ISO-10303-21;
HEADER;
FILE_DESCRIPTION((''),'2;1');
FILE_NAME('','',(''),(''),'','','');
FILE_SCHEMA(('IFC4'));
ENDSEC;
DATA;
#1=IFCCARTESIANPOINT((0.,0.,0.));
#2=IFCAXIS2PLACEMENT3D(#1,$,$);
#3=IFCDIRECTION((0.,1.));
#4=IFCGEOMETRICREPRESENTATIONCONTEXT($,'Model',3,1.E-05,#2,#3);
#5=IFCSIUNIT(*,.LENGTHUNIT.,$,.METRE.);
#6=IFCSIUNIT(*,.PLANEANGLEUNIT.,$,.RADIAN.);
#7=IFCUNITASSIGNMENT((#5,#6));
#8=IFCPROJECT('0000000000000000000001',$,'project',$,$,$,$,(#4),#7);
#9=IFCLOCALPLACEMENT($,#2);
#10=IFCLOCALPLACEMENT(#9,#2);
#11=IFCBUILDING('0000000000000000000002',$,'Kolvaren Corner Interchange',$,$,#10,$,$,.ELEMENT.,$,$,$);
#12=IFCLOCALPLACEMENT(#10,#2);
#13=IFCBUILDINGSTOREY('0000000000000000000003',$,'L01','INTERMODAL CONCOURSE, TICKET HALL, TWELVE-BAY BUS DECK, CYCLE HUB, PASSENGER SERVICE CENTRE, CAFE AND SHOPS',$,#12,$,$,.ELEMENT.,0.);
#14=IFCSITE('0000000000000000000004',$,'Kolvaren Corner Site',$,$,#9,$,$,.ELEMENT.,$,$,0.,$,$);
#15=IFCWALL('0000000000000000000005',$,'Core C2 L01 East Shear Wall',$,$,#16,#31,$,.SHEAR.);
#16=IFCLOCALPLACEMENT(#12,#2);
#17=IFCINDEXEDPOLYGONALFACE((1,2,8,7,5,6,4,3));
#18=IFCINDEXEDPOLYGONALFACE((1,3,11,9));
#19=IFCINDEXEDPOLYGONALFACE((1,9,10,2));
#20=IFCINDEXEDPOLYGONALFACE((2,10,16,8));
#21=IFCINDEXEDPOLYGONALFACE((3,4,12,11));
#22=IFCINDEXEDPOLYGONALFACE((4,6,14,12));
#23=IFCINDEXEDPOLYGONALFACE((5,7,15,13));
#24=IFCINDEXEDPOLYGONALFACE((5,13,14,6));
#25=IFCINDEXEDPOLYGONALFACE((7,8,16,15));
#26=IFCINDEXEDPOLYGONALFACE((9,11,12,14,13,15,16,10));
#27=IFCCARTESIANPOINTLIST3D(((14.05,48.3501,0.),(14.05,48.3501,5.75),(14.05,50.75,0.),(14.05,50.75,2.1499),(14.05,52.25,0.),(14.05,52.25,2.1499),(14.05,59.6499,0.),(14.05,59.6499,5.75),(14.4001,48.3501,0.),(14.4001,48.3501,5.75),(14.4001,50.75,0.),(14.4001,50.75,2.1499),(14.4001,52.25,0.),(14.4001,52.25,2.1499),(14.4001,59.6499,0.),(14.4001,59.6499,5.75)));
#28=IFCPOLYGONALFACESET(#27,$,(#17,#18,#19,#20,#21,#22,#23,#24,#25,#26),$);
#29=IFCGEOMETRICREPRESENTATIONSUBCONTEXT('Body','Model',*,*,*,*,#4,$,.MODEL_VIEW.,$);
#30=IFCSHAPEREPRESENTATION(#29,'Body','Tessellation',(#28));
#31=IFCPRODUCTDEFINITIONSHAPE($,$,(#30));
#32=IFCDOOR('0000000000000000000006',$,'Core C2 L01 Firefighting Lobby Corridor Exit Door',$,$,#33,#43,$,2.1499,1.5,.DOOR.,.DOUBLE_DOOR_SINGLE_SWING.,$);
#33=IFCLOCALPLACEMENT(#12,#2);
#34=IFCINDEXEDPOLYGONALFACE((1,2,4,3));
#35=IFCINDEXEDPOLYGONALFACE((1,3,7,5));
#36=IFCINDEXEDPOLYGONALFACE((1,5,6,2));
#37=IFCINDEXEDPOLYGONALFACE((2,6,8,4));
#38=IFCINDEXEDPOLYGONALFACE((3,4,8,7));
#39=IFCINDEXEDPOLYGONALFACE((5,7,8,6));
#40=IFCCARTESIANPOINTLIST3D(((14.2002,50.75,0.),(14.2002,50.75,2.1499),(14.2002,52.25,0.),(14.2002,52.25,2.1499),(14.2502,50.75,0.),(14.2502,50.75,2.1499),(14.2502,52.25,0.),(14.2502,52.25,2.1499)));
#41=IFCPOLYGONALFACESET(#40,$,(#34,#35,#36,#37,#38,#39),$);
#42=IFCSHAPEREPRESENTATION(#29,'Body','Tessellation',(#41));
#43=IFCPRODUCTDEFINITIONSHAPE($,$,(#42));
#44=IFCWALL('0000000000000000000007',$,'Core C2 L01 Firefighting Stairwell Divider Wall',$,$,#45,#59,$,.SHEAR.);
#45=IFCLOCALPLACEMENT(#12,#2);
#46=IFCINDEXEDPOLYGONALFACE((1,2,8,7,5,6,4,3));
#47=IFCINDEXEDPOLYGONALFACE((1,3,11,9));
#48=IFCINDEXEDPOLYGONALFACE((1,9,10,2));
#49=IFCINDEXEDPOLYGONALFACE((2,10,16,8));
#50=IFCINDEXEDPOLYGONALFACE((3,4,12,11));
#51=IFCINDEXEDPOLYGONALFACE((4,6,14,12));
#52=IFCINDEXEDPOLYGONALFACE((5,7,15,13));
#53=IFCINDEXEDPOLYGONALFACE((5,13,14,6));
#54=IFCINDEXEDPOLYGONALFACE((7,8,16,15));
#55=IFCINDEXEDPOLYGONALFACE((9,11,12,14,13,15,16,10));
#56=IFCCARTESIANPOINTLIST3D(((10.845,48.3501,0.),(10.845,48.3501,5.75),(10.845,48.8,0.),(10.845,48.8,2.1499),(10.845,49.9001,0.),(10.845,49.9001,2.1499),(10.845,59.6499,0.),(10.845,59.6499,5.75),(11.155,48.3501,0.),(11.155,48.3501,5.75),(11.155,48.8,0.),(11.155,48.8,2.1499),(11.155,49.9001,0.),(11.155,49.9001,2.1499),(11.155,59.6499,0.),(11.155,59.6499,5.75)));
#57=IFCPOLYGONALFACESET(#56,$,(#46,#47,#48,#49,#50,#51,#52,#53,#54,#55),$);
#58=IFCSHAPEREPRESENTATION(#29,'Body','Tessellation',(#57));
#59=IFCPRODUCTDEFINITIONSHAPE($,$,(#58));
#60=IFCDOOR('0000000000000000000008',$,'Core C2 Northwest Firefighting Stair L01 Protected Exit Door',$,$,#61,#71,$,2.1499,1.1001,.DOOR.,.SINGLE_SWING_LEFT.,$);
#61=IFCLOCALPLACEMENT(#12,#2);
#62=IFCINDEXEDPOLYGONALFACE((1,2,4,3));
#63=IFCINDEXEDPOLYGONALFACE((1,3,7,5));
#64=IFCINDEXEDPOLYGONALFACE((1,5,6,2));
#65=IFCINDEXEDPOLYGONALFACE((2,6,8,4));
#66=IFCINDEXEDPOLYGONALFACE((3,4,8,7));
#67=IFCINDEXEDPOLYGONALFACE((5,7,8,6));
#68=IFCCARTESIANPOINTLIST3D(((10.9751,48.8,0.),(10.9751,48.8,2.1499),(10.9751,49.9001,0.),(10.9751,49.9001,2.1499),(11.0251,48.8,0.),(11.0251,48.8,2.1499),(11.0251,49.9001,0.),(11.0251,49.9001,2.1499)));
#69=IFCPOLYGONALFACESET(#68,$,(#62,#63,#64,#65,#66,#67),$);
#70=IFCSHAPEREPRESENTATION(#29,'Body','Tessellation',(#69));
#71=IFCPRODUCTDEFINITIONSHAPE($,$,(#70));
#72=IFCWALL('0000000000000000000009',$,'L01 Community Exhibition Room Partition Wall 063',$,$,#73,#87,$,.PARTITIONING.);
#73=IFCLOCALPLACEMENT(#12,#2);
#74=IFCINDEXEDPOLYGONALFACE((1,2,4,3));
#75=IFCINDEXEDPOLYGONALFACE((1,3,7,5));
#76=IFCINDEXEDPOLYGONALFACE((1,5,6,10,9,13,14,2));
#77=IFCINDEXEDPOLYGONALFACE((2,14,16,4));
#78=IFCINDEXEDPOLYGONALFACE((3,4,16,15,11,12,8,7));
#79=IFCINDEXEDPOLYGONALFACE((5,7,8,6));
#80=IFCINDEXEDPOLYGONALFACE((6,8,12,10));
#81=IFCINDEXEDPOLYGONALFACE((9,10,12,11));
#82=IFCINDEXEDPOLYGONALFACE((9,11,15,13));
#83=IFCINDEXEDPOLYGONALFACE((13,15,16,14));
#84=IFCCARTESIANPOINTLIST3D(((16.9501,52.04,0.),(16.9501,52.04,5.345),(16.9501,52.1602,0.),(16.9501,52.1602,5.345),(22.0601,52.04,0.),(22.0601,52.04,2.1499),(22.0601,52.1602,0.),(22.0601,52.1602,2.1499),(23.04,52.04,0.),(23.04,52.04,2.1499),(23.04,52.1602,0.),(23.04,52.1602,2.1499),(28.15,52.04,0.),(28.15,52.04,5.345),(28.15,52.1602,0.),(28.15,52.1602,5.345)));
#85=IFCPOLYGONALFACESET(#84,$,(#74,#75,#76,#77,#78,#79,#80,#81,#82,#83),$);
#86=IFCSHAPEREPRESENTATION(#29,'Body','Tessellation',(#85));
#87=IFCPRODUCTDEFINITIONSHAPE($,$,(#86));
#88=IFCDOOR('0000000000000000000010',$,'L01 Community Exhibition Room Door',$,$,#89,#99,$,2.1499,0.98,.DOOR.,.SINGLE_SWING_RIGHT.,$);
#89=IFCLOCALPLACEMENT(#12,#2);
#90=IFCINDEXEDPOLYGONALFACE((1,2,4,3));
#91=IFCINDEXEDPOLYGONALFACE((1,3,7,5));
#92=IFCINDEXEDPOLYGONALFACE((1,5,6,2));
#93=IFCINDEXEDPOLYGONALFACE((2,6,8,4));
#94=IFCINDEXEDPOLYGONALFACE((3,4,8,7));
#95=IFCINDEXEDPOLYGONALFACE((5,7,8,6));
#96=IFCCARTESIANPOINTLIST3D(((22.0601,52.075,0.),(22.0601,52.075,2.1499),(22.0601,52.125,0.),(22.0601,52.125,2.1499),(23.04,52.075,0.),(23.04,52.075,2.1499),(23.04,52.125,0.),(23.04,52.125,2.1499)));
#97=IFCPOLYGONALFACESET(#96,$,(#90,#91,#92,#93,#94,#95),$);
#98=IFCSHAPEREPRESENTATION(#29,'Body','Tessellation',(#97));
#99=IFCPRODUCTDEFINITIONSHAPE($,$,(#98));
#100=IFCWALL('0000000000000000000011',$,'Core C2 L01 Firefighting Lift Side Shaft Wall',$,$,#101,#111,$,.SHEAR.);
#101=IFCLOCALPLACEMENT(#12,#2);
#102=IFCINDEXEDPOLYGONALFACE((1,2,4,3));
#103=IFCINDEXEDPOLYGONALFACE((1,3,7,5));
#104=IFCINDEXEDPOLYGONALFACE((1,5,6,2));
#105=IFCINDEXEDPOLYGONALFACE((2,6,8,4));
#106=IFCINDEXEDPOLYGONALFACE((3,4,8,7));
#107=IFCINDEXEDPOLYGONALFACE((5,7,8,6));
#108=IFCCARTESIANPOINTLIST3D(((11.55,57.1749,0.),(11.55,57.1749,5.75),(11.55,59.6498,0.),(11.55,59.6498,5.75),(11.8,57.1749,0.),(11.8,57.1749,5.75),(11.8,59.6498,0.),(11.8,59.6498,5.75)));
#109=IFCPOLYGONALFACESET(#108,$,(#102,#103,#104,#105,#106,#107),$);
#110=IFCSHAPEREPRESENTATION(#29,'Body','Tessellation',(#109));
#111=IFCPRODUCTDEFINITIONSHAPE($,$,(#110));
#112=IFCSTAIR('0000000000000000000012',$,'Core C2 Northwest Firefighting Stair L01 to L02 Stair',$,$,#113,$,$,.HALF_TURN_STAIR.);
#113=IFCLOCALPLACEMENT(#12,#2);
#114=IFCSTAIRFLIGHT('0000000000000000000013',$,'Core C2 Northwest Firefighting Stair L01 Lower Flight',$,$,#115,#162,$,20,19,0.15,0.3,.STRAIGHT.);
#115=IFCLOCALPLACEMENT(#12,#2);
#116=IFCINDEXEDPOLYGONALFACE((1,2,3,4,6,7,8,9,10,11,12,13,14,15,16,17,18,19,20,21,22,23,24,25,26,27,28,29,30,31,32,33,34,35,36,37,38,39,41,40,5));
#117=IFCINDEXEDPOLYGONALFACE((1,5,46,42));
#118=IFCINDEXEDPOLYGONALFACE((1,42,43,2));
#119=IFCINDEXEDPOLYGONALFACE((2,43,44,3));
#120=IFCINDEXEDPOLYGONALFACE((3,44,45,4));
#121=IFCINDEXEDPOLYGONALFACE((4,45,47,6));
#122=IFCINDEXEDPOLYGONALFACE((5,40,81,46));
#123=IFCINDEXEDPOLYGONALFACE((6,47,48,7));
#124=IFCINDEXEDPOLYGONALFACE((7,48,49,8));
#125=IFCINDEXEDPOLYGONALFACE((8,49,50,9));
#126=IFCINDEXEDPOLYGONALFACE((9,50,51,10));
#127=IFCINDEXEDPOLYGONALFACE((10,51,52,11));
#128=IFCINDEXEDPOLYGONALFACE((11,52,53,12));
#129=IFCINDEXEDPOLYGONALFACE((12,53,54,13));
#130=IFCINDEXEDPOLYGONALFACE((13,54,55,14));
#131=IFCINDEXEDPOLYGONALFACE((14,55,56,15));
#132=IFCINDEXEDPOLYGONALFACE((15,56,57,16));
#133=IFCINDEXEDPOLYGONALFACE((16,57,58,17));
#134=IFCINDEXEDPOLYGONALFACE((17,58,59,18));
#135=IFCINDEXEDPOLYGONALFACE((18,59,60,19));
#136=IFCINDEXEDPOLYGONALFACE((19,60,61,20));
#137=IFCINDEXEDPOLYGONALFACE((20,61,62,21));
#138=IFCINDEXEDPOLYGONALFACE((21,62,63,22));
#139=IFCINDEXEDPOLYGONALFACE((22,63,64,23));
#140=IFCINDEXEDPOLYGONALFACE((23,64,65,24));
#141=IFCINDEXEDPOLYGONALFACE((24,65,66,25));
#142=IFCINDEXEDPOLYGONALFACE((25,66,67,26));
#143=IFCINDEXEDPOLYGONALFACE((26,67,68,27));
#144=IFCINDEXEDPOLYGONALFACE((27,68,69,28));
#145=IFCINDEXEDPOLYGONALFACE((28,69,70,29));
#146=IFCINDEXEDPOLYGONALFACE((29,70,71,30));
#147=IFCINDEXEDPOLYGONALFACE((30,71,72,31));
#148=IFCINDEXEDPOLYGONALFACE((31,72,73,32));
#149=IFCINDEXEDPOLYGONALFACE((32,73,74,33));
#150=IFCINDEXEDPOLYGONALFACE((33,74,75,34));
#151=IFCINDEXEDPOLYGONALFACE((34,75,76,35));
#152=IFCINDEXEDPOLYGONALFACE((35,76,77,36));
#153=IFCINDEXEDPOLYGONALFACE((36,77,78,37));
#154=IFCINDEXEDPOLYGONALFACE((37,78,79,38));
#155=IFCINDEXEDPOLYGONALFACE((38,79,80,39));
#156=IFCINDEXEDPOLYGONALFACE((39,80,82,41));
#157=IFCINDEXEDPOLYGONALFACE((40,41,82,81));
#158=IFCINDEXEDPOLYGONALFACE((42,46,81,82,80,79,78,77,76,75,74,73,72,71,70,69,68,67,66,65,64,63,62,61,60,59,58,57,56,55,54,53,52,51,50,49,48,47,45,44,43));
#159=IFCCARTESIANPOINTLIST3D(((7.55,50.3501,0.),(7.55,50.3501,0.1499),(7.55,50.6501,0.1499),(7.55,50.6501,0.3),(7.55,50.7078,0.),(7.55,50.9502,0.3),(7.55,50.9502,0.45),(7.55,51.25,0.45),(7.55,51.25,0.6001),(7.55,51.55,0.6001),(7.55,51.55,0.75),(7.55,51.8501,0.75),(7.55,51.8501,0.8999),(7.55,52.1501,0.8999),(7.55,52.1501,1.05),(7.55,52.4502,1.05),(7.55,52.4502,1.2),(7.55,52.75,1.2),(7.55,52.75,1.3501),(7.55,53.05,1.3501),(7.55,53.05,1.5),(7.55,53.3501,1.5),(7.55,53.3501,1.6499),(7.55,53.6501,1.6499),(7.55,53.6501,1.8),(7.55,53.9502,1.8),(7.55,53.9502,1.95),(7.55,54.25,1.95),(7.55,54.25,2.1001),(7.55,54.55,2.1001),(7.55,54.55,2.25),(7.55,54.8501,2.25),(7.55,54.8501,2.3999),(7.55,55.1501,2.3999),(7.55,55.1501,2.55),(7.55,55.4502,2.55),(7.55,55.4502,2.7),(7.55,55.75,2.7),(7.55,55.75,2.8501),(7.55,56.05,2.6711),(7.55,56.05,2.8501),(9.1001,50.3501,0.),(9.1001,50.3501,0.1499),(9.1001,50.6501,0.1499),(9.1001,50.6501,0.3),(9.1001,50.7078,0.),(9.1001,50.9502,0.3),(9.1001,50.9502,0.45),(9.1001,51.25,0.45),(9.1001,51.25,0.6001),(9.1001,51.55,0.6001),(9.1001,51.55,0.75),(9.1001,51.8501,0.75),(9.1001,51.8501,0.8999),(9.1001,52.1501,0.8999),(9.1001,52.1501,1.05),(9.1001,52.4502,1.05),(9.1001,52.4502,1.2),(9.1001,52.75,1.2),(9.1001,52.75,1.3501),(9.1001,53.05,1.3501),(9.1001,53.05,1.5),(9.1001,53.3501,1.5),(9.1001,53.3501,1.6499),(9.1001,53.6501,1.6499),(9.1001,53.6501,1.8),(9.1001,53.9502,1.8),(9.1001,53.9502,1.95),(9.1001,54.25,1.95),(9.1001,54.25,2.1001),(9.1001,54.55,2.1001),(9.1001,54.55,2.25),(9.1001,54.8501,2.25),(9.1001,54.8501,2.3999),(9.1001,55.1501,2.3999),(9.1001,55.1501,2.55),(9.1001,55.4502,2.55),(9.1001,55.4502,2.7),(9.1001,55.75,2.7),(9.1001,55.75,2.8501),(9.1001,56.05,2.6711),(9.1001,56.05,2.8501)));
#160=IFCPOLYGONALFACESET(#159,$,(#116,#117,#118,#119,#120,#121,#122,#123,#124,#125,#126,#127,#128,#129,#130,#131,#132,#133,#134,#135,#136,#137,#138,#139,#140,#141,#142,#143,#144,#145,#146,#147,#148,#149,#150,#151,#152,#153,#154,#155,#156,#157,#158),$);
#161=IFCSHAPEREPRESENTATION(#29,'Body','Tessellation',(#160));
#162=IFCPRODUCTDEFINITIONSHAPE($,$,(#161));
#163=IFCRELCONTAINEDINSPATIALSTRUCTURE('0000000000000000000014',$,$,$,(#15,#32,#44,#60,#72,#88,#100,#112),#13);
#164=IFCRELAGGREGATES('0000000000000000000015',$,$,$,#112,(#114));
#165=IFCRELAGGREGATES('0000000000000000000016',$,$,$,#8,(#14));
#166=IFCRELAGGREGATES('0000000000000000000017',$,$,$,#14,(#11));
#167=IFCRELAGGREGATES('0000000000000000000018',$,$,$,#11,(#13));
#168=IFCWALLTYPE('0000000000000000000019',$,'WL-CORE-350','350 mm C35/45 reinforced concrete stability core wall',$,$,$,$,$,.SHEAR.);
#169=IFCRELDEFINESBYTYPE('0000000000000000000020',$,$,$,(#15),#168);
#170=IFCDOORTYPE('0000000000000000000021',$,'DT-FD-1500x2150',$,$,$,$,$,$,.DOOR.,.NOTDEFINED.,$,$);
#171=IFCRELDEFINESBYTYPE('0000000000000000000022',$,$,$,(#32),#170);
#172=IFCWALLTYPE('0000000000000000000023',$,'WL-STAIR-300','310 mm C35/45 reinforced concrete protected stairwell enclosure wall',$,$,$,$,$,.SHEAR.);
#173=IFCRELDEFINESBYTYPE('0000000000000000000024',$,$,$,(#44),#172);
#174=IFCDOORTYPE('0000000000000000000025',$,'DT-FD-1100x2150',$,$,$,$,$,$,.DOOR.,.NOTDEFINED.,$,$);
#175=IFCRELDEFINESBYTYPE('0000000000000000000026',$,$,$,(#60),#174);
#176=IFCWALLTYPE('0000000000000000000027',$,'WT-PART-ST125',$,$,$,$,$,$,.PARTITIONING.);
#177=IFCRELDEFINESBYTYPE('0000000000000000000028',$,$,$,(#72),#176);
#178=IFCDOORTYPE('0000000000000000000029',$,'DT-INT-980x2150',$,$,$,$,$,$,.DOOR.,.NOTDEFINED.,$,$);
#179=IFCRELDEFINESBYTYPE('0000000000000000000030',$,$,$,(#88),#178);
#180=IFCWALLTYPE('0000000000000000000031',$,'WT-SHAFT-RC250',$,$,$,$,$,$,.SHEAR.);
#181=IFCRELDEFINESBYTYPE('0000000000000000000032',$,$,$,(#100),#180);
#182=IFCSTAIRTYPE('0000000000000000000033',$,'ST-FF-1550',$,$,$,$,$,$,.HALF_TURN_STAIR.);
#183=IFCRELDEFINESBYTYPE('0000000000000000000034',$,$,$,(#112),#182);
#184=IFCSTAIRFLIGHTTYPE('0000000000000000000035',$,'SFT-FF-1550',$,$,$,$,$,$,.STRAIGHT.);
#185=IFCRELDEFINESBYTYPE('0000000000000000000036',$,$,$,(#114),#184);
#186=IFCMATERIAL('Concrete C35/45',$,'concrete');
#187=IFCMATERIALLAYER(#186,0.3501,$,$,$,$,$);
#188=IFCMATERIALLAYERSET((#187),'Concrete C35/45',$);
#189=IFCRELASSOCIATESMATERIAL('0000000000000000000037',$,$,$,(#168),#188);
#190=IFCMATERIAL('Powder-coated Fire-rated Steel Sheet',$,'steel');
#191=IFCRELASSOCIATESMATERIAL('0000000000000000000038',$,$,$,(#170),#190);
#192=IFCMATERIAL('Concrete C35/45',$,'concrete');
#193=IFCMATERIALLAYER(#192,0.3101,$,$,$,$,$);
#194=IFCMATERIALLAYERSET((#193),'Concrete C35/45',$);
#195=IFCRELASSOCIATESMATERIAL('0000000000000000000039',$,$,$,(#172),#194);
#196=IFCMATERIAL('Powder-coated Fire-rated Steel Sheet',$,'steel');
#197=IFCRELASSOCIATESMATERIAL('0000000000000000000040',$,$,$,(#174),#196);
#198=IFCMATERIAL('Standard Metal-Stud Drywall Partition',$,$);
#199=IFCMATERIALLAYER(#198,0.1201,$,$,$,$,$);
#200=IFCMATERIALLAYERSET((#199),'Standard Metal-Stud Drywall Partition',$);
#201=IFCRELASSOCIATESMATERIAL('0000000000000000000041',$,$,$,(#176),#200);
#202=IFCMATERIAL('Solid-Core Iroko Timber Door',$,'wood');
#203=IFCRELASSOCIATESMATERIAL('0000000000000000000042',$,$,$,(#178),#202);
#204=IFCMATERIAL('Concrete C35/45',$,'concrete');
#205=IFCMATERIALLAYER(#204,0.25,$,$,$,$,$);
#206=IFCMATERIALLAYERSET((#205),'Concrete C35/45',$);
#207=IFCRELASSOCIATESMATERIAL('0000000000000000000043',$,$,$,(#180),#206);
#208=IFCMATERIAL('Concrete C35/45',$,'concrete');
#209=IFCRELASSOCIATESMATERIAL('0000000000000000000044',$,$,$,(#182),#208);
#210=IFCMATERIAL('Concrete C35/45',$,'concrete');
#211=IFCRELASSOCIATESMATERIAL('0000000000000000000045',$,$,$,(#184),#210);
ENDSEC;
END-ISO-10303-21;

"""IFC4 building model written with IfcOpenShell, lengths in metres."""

from ifc_helpers import new_model, si_unit, direction, frame, frame_2d, origin, place, context, subcontext, project, spatial, polyline, rectangle, outline, extrude, material, layer, layer_set, type_object, element, fill, aggregate, save


model = new_model("IFC4")

# Units and contexts
model_context = context("Model", 3, precision=1e-05, world=origin(), true_north=direction((0.0, 1.0)))
body_context = subcontext(model_context, "Body", "Model", "MODEL_VIEW")
ifc_project = project(units=[si_unit("LENGTHUNIT", "METRE"), si_unit("PLANEANGLEUNIT", "RADIAN")], contexts=[model_context])

# Site, building, storey
site_placement = place(None, origin())
site = spatial("IfcSite", under=ifc_project, at=site_placement, Name="Kolvaren Corner Site", CompositionType="ELEMENT", RefElevation=0.0)
building_placement = place(site_placement, origin())
building = spatial("IfcBuilding", under=site, at=building_placement, Name="Kolvaren Corner Interchange", CompositionType="ELEMENT")
storey_placement = place(building_placement, origin())
storey = spatial("IfcBuildingStorey", under=building, at=storey_placement, Name="L01", Description="INTERMODAL CONCOURSE, TICKET HALL, TWELVE-BAY BUS DECK, CYCLE HUB, PASSENGER SERVICE CENTRE, CAFE AND SHOPS", CompositionType="ELEMENT", Elevation=0.0)

# Walls, openings, doors
ifc_material_1 = material(Name="Concrete C35/45", Category="concrete")
ifc_layer_1 = layer(ifc_material_1, 0.3501)
ifc_layer_set_1 = layer_set([ifc_layer_1], Name="Concrete C35/45")
wall_type_1 = type_object("IfcWallType", Name="WL-CORE-350", Description="350 mm C35/45 reinforced concrete stability core wall", PredefinedType="SHEAR", material=ifc_layer_set_1)
wall_1_placement = place(storey_placement, frame((14.2251, 48.3501, 0.0), z_axis=(0.0, 0.0, 1.0), x_axis=(0.0, 1.0, 0.0)))
wall_1 = element("IfcWall", 1, at=wall_1_placement, inside=storey, type_object=wall_type_1, Name="Core C2 L01 East Shear Wall", PredefinedType="SHEAR", context=body_context, shape_type="SweptSolid", body=[
    extrude(rectangle(XDim=11.2998, YDim=0.3501, at=frame_2d((5.6499, 0.0))), origin(), (0.0, 0.0, 1.0), 5.75),
])
opening_1_placement = place(wall_1_placement, frame((2.3999, 0.0, 0.0)))
opening_1 = element("IfcOpeningElement", 2, at=opening_1_placement, cuts=wall_1, PredefinedType="OPENING", context=body_context, shape_type="SweptSolid", body=[
    extrude(rectangle(XDim=1.5, YDim=2.1499, at=frame_2d((0.75, 1.075))), frame((0.0, 0.1851, 0.0), z_axis=(0.0, -1.0, 0.0), x_axis=(1.0, 0.0, 0.0)), (0.0, 0.0, 1.0), 0.3701),
])
ifc_material_2 = material(Name="Powder-coated Fire-rated Steel Sheet", Category="steel")
door_type_1 = type_object("IfcDoorType", Name="DT-FD-1500x2150", OperationType="NOTDEFINED", PredefinedType="DOOR", material=ifc_material_2)
door_1_placement = place(opening_1_placement, origin())
door_1 = element("IfcDoor", 3, at=door_1_placement, inside=storey, type_object=door_type_1, Name="Core C2 L01 Firefighting Lobby Corridor Exit Door", OperationType="DOUBLE_DOOR_SINGLE_SWING", OverallHeight=2.1499, OverallWidth=1.5, PredefinedType="DOOR", context=body_context, shape_type="SweptSolid", body=[
    extrude(rectangle(XDim=1.5, YDim=2.1499, at=frame_2d((0.75, 1.075))), frame((0.0, 0.0249, 0.0), z_axis=(0.0, -1.0, 0.0), x_axis=(1.0, 0.0, 0.0)), (0.0, 0.0, 1.0), 0.05),
])
fill(opening_1, door_1)
ifc_material_3 = material(Name="Concrete C35/45", Category="concrete")
ifc_layer_2 = layer(ifc_material_3, 0.3101)
ifc_layer_set_2 = layer_set([ifc_layer_2], Name="Concrete C35/45")
wall_type_2 = type_object("IfcWallType", Name="WL-STAIR-300", Description="310 mm C35/45 reinforced concrete protected stairwell enclosure wall", PredefinedType="SHEAR", material=ifc_layer_set_2)
wall_2_placement = place(storey_placement, frame((11.0, 48.3501, 0.0), z_axis=(0.0, 0.0, 1.0), x_axis=(0.0, 1.0, 0.0)))
wall_2 = element("IfcWall", 4, at=wall_2_placement, inside=storey, type_object=wall_type_2, Name="Core C2 L01 Firefighting Stairwell Divider Wall", PredefinedType="SHEAR", context=body_context, shape_type="SweptSolid", body=[
    extrude(rectangle(XDim=11.2998, YDim=0.3101, at=frame_2d((5.6499, 0.0))), origin(), (0.0, 0.0, 1.0), 5.75),
])
opening_2_placement = place(wall_2_placement, frame((0.45, 0.0, 0.0)))
opening_2 = element("IfcOpeningElement", 5, at=opening_2_placement, cuts=wall_2, PredefinedType="OPENING", context=body_context, shape_type="SweptSolid", body=[
    extrude(rectangle(XDim=1.1001, YDim=2.1499, at=frame_2d((0.55, 1.075))), frame((0.0, 0.165, 0.0), z_axis=(0.0, -1.0, 0.0), x_axis=(1.0, 0.0, 0.0)), (0.0, 0.0, 1.0), 0.3301),
])
ifc_material_4 = material(Name="Powder-coated Fire-rated Steel Sheet", Category="steel")
door_type_2 = type_object("IfcDoorType", Name="DT-FD-1100x2150", OperationType="NOTDEFINED", PredefinedType="DOOR", material=ifc_material_4)
door_2_placement = place(opening_2_placement, origin())
door_2 = element("IfcDoor", 6, at=door_2_placement, inside=storey, type_object=door_type_2, Name="Core C2 Northwest Firefighting Stair L01 Protected Exit Door", OperationType="SINGLE_SWING_LEFT", OverallHeight=2.1499, OverallWidth=1.1001, PredefinedType="DOOR", context=body_context, shape_type="SweptSolid", body=[
    extrude(rectangle(XDim=1.1001, YDim=2.1499, at=frame_2d((0.55, 1.075))), frame((0.0, 0.0249, 0.0), z_axis=(0.0, -1.0, 0.0), x_axis=(1.0, 0.0, 0.0)), (0.0, 0.0, 1.0), 0.05),
])
fill(opening_2, door_2)
ifc_material_5 = material(Name="Standard Metal-Stud Drywall Partition")
ifc_layer_3 = layer(ifc_material_5, 0.1201)
ifc_layer_set_3 = layer_set([ifc_layer_3], Name="Standard Metal-Stud Drywall Partition")
wall_type_3 = type_object("IfcWallType", Name="WT-PART-ST125", PredefinedType="PARTITIONING", material=ifc_layer_set_3)
wall_3_placement = place(storey_placement, frame((16.95, 52.1001, 0.0), z_axis=(0.0, 0.0, 1.0), x_axis=(1.0, 0.0, 0.0)))
wall_3 = element("IfcWall", 7, at=wall_3_placement, inside=storey, type_object=wall_type_3, Name="L01 Community Exhibition Room Partition Wall 063", PredefinedType="PARTITIONING", context=body_context, shape_type="SweptSolid", body=[
    extrude(rectangle(XDim=11.2, YDim=0.1201, at=frame_2d((5.6001, 0.0))), origin(), (0.0, 0.0, 1.0), 5.345),
])
opening_3_placement = place(wall_3_placement, frame((5.1101, 0.0, 0.0)))
opening_3 = element("IfcOpeningElement", 8, at=opening_3_placement, cuts=wall_3, PredefinedType="OPENING", context=body_context, shape_type="SweptSolid", body=[
    extrude(rectangle(XDim=0.98, YDim=2.1499, at=frame_2d((0.49, 1.075))), frame((0.0, 0.0701, 0.0), z_axis=(0.0, -1.0, 0.0), x_axis=(1.0, 0.0, 0.0)), (0.0, 0.0, 1.0), 0.1401),
])
ifc_material_6 = material(Name="Solid-Core Iroko Timber Door", Category="wood")
door_type_3 = type_object("IfcDoorType", Name="DT-INT-980x2150", OperationType="NOTDEFINED", PredefinedType="DOOR", material=ifc_material_6)
door_3_placement = place(opening_3_placement, origin())
door_3 = element("IfcDoor", 9, at=door_3_placement, inside=storey, type_object=door_type_3, Name="L01 Community Exhibition Room Door", OperationType="SINGLE_SWING_RIGHT", OverallHeight=2.1499, OverallWidth=0.98, PredefinedType="DOOR", context=body_context, shape_type="SweptSolid", body=[
    extrude(rectangle(XDim=0.98, YDim=2.1499, at=frame_2d((0.49, 1.075))), frame((0.0, 0.0249, 0.0), z_axis=(0.0, -1.0, 0.0), x_axis=(1.0, 0.0, 0.0)), (0.0, 0.0, 1.0), 0.05),
])
fill(opening_3, door_3)
ifc_material_7 = material(Name="Concrete C35/45", Category="concrete")
ifc_layer_4 = layer(ifc_material_7, 0.25)
ifc_layer_set_4 = layer_set([ifc_layer_4], Name="Concrete C35/45")
wall_type_4 = type_object("IfcWallType", Name="WT-SHAFT-RC250", PredefinedType="SHEAR", material=ifc_layer_set_4)

# Wall
wall_4_placement = place(storey_placement, frame((11.675, 57.175, 0.0), z_axis=(0.0, 0.0, 1.0), x_axis=(0.0, 1.0, 0.0)))
element("IfcWall", 10, at=wall_4_placement, inside=storey, type_object=wall_type_4, Name="Core C2 L01 Firefighting Lift Side Shaft Wall", PredefinedType="SHEAR", context=body_context, shape_type="SweptSolid", body=[
    extrude(rectangle(XDim=2.4749, YDim=0.25, at=frame_2d((1.2373, 0.0))), origin(), (0.0, 0.0, 1.0), 5.75),
])

# Stair, stair flight
ifc_material_8 = material(Name="Concrete C35/45", Category="concrete")
stair_type = type_object("IfcStairType", Name="ST-FF-1550", PredefinedType="HALF_TURN_STAIR", material=ifc_material_8)
stair_placement = place(storey_placement, origin())
stair = element("IfcStair", 11, at=stair_placement, inside=storey, type_object=stair_type, Name="Core C2 Northwest Firefighting Stair L01 to L02 Stair", PredefinedType="HALF_TURN_STAIR")
ifc_material_9 = material(Name="Concrete C35/45", Category="concrete")
stair_flight_type = type_object("IfcStairFlightType", Name="SFT-FF-1550", PredefinedType="STRAIGHT", material=ifc_material_9)
stair_flight_1_placement = place(storey_placement, frame((8.325, 50.3501, 0.0), z_axis=(0.0, 0.0, 1.0), x_axis=(0.0, 1.0, 0.0)))
stair_flight_1 = element("IfcStairFlight", 12, at=stair_flight_1_placement, type_object=stair_flight_type, Name="Core C2 Northwest Firefighting Stair L01 Lower Flight", NumberOfRisers=20, NumberOfTreads=19, PredefinedType="STRAIGHT", RiserHeight=0.15, TreadLength=0.3, context=body_context, shape_type="SweptSolid", body=[
    extrude(outline(polyline([(0.0, 0.0), (0.0, 0.1499), (0.3, 0.1499), (0.3, 0.3), (0.6001, 0.3), (0.6001, 0.45), (0.8999, 0.45), (0.8999, 0.6001), (1.2, 0.6001), (1.2, 0.75), (1.5, 0.75), (1.5, 0.8999), (1.8, 0.8999), (1.8, 1.05), (2.1001, 1.05), (2.1001, 1.2), (2.3999, 1.2), (2.3999, 1.3501), (2.7, 1.3501), (2.7, 1.5), (3.0, 1.5), (3.0, 1.6499), (3.3, 1.6499), (3.3, 1.8), (3.6001, 1.8), (3.6001, 1.95), (3.8999, 1.95), (3.8999, 2.1001), (4.2, 2.1001), (4.2, 2.25), (4.5, 2.25), (4.5, 2.3999), (4.8, 2.3999), (4.8, 2.55), (5.1001, 2.55), (5.1001, 2.7), (5.3999, 2.7), (5.3999, 2.8501), (5.7, 2.8501), (5.7, 3.0), (5.7, 2.6711), (0.3577, 0.0), (0.0, 0.0)])), frame((0.0, 0.7749, 0.0), z_axis=(0.0, -1.0, 0.0), x_axis=(1.0, 0.0, 0.0)), (0.0, 0.0, 1.0), 1.55),
])

aggregate(stair, [stair_flight_1])

save(model, "model.ifc")
